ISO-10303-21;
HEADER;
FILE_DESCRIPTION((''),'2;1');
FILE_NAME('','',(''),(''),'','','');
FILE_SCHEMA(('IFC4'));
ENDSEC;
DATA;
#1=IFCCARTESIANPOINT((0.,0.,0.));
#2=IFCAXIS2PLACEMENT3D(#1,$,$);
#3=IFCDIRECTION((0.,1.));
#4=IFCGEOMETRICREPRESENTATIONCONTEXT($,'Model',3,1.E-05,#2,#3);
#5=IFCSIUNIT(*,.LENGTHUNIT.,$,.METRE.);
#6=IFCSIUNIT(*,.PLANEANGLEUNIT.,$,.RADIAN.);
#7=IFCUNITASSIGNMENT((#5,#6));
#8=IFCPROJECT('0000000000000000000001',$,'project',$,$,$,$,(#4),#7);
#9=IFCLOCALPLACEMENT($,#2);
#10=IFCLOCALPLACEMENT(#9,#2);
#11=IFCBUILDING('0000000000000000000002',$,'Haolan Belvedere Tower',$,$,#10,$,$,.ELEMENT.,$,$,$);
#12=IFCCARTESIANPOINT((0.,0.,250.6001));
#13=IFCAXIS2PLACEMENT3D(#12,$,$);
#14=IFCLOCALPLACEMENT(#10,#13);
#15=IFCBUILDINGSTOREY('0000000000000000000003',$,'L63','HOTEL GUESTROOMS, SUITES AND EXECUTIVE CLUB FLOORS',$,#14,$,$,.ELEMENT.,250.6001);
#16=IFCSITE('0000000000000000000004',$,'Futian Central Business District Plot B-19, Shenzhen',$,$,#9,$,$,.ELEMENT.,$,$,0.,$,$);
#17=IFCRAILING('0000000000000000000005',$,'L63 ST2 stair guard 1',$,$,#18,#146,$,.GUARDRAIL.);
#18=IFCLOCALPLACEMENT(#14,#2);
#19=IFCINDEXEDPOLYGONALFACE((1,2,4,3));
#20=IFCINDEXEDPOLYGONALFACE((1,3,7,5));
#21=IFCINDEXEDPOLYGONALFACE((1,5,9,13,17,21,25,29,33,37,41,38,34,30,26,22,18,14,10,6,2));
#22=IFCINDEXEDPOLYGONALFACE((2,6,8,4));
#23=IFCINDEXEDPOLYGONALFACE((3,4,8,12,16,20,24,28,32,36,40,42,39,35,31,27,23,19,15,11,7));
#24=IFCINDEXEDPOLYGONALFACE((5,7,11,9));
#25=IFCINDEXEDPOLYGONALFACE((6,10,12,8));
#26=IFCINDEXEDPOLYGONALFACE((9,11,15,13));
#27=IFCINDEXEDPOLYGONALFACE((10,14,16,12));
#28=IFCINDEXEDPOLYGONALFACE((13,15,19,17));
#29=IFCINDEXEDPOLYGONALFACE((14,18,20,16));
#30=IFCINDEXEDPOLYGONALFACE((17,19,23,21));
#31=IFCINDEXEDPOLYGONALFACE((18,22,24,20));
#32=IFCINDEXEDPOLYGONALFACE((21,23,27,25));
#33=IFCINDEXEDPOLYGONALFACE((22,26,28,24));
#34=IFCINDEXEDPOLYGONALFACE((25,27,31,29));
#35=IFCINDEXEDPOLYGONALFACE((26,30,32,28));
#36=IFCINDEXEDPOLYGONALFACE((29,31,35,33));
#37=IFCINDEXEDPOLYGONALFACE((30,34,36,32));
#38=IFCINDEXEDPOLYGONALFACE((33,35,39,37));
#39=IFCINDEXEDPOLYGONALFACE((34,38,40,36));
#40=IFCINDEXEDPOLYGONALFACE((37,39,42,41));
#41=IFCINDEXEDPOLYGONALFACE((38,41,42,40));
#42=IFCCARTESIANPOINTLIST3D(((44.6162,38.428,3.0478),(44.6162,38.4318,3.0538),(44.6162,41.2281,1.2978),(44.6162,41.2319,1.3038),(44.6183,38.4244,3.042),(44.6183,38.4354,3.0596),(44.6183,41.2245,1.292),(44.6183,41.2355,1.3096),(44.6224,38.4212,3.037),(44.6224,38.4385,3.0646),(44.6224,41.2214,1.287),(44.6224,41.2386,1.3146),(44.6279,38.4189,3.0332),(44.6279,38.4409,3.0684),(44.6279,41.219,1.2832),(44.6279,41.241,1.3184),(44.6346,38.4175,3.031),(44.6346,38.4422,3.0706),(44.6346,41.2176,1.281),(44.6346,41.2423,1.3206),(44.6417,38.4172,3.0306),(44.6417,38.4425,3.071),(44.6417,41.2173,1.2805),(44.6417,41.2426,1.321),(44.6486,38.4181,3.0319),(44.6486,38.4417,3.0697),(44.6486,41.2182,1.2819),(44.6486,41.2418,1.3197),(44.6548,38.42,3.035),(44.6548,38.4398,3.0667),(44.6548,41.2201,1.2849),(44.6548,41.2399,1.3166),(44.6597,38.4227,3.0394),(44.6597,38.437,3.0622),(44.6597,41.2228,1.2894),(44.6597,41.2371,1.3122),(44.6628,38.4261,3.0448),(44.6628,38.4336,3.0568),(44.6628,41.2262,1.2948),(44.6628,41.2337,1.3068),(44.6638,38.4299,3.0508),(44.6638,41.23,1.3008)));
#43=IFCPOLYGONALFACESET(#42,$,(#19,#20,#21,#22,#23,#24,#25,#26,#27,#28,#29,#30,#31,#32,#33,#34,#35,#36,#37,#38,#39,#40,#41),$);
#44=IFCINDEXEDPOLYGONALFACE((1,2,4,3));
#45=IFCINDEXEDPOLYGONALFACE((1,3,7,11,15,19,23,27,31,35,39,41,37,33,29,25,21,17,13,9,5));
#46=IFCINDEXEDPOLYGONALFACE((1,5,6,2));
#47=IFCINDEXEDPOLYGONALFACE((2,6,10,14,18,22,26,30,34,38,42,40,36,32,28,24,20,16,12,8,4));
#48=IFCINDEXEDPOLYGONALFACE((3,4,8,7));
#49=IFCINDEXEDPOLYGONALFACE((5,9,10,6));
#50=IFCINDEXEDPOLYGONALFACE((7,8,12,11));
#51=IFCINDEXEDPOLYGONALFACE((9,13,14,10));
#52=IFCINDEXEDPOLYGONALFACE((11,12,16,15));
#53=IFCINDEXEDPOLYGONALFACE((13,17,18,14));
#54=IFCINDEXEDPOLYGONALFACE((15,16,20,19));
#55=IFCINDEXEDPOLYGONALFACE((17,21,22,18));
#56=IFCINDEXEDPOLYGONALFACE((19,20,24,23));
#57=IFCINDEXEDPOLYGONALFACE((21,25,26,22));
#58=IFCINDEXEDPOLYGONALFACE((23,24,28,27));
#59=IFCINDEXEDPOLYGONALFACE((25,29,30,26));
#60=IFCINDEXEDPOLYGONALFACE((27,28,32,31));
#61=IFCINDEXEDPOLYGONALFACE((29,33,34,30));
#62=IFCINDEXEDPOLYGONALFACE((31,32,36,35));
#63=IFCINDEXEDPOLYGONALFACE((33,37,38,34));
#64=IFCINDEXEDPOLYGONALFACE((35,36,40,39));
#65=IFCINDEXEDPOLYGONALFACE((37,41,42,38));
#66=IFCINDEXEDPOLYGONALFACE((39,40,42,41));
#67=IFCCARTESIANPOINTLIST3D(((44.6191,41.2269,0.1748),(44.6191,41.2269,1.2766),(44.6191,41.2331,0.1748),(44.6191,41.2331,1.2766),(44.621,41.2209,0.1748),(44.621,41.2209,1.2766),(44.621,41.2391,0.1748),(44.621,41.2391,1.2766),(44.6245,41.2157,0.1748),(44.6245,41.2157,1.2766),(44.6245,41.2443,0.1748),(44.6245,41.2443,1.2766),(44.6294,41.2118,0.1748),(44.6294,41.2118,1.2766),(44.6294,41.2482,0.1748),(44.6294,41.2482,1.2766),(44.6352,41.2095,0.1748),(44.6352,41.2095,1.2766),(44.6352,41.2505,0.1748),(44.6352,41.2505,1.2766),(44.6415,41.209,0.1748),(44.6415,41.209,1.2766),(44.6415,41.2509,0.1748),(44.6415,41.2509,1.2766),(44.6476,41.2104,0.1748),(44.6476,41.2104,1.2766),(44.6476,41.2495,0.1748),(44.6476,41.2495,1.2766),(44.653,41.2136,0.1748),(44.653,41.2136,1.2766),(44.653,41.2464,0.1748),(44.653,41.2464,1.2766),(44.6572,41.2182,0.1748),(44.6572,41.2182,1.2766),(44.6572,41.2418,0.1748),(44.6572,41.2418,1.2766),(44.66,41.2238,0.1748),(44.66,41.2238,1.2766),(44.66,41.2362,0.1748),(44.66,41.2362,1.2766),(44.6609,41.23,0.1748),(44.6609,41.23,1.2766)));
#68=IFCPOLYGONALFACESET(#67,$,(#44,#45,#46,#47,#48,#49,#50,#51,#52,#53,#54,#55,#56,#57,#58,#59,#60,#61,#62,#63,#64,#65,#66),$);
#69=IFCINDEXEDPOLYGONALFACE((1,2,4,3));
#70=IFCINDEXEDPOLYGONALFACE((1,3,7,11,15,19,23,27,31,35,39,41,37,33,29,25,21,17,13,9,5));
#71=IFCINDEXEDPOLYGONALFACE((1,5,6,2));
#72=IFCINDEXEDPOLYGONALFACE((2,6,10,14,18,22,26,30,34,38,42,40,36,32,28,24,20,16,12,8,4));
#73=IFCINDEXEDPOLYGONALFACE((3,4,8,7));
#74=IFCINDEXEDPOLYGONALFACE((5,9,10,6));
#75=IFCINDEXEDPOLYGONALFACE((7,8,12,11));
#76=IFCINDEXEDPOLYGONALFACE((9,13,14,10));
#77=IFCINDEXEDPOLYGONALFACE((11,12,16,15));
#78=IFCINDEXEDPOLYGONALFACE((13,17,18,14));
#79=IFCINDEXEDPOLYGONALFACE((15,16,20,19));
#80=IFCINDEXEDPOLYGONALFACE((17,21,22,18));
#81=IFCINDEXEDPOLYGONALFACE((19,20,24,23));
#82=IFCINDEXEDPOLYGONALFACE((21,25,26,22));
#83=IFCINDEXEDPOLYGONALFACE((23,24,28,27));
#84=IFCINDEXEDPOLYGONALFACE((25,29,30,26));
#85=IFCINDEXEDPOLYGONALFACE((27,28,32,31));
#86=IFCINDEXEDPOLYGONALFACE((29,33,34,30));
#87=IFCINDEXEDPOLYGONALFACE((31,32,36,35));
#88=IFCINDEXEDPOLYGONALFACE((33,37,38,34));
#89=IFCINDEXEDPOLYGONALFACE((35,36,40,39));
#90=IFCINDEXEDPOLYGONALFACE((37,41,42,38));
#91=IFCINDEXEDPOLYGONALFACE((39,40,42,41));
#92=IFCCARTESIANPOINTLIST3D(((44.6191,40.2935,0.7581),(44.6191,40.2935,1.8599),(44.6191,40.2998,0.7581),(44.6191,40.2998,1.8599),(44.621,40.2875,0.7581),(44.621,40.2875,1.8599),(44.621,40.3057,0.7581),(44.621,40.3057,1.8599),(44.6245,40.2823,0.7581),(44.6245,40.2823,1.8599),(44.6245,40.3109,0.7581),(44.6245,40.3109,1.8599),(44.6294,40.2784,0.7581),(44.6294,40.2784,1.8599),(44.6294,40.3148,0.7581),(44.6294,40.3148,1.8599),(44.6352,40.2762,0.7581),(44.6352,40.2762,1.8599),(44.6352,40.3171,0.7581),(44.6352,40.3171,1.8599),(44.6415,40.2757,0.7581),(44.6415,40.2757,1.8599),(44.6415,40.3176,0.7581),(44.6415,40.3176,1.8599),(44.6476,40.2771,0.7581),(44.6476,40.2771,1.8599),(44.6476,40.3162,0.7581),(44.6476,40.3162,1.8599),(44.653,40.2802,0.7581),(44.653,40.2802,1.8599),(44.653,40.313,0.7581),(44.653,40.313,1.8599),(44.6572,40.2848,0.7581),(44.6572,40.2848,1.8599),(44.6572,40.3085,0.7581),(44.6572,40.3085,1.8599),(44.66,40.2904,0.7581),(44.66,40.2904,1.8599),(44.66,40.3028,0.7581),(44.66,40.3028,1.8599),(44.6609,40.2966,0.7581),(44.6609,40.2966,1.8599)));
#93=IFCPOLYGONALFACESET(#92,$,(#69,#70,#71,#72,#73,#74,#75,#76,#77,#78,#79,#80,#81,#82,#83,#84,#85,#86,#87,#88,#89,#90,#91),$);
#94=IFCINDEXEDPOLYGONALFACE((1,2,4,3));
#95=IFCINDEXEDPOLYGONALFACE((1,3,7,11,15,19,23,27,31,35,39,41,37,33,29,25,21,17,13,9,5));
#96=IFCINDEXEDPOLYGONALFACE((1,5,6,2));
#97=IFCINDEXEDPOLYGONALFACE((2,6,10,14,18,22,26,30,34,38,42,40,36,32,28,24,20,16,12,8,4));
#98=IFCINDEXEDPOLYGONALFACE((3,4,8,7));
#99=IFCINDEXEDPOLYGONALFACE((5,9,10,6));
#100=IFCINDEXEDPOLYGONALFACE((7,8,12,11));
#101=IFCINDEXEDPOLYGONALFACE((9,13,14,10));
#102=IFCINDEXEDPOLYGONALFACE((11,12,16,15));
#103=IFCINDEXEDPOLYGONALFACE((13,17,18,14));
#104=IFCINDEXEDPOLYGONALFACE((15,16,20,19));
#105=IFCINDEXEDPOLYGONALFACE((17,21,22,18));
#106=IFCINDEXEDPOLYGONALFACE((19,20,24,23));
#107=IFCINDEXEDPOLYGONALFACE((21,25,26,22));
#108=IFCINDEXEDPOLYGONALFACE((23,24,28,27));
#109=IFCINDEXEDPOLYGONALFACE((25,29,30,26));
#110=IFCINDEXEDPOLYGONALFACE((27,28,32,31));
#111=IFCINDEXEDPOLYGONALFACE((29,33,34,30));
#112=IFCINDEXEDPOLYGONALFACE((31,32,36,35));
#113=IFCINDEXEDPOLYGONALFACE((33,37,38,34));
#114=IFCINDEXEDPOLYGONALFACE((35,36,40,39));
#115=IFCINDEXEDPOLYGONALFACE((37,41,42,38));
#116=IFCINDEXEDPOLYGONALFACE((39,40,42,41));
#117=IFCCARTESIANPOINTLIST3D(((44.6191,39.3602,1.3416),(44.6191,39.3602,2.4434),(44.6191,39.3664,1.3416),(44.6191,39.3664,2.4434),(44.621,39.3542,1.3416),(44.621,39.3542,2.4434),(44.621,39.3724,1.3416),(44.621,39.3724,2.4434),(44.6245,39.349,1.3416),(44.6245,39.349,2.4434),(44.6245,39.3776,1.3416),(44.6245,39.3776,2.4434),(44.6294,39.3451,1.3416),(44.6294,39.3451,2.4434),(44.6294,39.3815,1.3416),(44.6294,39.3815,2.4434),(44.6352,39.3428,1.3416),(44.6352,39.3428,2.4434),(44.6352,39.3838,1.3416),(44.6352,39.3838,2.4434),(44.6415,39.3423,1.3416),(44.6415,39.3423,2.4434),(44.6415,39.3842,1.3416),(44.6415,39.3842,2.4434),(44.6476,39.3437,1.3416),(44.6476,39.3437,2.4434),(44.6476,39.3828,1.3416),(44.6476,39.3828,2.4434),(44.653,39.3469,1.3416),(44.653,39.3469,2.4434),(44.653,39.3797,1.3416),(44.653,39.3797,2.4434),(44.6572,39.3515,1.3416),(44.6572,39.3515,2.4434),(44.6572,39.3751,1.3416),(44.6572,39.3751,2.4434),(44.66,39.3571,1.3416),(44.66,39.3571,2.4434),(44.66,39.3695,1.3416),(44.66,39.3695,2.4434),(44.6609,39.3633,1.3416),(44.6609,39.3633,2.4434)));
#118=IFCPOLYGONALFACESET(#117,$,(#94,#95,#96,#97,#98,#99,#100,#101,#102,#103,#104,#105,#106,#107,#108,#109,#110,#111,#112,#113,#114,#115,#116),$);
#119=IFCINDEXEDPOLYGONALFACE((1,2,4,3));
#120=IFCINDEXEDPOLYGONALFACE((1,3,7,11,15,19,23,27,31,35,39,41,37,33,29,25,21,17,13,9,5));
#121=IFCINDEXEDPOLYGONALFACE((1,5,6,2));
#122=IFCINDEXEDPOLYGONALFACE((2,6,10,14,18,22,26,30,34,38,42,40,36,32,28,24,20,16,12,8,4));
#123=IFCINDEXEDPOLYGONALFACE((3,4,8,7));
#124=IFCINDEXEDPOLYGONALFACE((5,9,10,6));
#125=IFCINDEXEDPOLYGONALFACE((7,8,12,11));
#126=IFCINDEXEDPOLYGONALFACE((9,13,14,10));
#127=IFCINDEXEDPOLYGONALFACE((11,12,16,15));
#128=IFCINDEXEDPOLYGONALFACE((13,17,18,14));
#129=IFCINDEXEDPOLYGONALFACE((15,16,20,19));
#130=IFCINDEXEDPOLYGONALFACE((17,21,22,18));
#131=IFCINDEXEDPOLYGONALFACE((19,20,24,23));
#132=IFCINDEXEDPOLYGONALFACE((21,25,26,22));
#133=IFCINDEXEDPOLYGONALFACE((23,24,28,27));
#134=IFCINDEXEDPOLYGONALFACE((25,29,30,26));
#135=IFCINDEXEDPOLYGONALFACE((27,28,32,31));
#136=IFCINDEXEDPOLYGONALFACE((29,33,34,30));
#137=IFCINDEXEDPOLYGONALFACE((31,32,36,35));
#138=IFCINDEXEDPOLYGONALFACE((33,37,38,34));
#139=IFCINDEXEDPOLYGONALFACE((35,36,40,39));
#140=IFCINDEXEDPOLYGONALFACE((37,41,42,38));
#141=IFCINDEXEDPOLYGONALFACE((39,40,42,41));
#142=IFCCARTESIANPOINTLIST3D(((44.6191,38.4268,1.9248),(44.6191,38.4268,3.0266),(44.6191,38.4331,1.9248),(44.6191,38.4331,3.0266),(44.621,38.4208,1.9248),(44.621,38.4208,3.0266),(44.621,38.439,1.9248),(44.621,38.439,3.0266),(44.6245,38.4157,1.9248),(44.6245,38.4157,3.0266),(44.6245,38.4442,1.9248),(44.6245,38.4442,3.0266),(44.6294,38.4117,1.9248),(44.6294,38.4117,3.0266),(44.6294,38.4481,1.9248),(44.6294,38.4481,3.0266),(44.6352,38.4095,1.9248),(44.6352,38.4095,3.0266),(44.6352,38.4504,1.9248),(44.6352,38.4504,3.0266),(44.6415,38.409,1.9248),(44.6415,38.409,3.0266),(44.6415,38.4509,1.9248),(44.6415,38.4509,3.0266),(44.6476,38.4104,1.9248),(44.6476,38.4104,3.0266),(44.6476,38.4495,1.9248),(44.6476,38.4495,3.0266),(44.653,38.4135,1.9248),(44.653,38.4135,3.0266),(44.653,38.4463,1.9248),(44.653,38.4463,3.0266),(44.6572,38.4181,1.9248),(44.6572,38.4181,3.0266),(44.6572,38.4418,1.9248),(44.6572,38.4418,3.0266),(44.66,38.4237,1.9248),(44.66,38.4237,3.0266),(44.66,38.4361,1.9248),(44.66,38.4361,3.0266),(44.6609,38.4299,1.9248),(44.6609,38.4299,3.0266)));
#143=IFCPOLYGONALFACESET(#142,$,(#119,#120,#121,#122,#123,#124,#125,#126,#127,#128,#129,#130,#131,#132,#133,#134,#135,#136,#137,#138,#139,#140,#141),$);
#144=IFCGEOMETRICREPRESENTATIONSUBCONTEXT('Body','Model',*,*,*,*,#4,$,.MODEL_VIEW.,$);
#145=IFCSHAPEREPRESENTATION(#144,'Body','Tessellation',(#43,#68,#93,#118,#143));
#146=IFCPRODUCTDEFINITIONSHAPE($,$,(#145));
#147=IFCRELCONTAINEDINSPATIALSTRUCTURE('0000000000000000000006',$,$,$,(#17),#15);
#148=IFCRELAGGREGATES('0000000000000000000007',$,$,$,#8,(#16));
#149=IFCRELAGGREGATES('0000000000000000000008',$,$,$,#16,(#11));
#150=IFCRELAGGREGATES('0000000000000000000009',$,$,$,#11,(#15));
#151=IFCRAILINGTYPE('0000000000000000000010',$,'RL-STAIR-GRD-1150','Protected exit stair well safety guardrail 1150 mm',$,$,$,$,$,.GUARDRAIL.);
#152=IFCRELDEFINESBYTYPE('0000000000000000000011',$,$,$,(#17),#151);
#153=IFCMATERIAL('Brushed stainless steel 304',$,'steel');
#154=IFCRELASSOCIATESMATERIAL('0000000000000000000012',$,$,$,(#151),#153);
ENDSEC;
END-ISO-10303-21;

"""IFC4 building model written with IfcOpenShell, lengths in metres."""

from ifc_helpers import new_model, si_unit, direction, frame, origin, origin_2d, place, context, subcontext, project, spatial, circle, extrude, material, type_object, element, save


model = new_model("IFC4")

# Units and contexts
model_context = context("Model", 3, precision=1e-05, world=origin(), true_north=direction((0.0, 1.0)))
body_context = subcontext(model_context, "Body", "Model", "MODEL_VIEW")
ifc_project = project(units=[si_unit("LENGTHUNIT", "METRE"), si_unit("PLANEANGLEUNIT", "RADIAN")], contexts=[model_context])

# Site, building, storey
site_placement = place(None, origin())
site = spatial("IfcSite", under=ifc_project, at=site_placement, Name="Futian Central Business District Plot B-19, Shenzhen", CompositionType="ELEMENT", RefElevation=0.0)
building_placement = place(site_placement, origin())
building = spatial("IfcBuilding", under=site, at=building_placement, Name="Haolan Belvedere Tower", CompositionType="ELEMENT")
storey_placement = place(building_placement, frame((0.0, 0.0, 250.6001)))
storey = spatial("IfcBuildingStorey", under=building, at=storey_placement, Name="L63", Description="HOTEL GUESTROOMS, SUITES AND EXECUTIVE CLUB FLOORS", CompositionType="ELEMENT", Elevation=250.6001)

# Railing
ifc_material_1 = material(Name="Brushed stainless steel 304", Category="steel")
railing_type_1 = type_object("IfcRailingType", Name="RL-STAIR-GRD-1150", Description="Protected exit stair well safety guardrail 1150 mm", PredefinedType="GUARDRAIL", material=ifc_material_1)
railing_1_placement = place(storey_placement, frame((44.6399, 41.23, 0.1748)))
element("IfcRailing", 1, at=railing_1_placement, inside=storey, type_object=railing_type_1, Name="L63 ST2 stair guard 1", PredefinedType="GUARDRAIL", context=body_context, shape_type="SweptSolid", body=[
    extrude(circle(Radius=0.0239, at=origin_2d()), frame((0.0, 0.0, 1.126), z_axis=(0.0, -0.848002, 0.529992), x_axis=(1.0, 0.0, 0.0)), (0.0, 0.0, 1.0), 3.302),
    extrude(circle(Radius=0.021, at=origin_2d()), origin(), (0.0, 0.0, 1.0), 1.1018),
    extrude(circle(Radius=0.021, at=origin_2d()), frame((0.0, -0.9333, 0.5833)), (0.0, 0.0, 1.0), 1.1018),
    extrude(circle(Radius=0.021, at=origin_2d()), frame((0.0, -1.8667, 1.1667)), (0.0, 0.0, 1.0), 1.1018),
    extrude(circle(Radius=0.021, at=origin_2d()), frame((0.0, -2.8, 1.75)), (0.0, 0.0, 1.0), 1.1018),
])

save(model, "model.ifc")
